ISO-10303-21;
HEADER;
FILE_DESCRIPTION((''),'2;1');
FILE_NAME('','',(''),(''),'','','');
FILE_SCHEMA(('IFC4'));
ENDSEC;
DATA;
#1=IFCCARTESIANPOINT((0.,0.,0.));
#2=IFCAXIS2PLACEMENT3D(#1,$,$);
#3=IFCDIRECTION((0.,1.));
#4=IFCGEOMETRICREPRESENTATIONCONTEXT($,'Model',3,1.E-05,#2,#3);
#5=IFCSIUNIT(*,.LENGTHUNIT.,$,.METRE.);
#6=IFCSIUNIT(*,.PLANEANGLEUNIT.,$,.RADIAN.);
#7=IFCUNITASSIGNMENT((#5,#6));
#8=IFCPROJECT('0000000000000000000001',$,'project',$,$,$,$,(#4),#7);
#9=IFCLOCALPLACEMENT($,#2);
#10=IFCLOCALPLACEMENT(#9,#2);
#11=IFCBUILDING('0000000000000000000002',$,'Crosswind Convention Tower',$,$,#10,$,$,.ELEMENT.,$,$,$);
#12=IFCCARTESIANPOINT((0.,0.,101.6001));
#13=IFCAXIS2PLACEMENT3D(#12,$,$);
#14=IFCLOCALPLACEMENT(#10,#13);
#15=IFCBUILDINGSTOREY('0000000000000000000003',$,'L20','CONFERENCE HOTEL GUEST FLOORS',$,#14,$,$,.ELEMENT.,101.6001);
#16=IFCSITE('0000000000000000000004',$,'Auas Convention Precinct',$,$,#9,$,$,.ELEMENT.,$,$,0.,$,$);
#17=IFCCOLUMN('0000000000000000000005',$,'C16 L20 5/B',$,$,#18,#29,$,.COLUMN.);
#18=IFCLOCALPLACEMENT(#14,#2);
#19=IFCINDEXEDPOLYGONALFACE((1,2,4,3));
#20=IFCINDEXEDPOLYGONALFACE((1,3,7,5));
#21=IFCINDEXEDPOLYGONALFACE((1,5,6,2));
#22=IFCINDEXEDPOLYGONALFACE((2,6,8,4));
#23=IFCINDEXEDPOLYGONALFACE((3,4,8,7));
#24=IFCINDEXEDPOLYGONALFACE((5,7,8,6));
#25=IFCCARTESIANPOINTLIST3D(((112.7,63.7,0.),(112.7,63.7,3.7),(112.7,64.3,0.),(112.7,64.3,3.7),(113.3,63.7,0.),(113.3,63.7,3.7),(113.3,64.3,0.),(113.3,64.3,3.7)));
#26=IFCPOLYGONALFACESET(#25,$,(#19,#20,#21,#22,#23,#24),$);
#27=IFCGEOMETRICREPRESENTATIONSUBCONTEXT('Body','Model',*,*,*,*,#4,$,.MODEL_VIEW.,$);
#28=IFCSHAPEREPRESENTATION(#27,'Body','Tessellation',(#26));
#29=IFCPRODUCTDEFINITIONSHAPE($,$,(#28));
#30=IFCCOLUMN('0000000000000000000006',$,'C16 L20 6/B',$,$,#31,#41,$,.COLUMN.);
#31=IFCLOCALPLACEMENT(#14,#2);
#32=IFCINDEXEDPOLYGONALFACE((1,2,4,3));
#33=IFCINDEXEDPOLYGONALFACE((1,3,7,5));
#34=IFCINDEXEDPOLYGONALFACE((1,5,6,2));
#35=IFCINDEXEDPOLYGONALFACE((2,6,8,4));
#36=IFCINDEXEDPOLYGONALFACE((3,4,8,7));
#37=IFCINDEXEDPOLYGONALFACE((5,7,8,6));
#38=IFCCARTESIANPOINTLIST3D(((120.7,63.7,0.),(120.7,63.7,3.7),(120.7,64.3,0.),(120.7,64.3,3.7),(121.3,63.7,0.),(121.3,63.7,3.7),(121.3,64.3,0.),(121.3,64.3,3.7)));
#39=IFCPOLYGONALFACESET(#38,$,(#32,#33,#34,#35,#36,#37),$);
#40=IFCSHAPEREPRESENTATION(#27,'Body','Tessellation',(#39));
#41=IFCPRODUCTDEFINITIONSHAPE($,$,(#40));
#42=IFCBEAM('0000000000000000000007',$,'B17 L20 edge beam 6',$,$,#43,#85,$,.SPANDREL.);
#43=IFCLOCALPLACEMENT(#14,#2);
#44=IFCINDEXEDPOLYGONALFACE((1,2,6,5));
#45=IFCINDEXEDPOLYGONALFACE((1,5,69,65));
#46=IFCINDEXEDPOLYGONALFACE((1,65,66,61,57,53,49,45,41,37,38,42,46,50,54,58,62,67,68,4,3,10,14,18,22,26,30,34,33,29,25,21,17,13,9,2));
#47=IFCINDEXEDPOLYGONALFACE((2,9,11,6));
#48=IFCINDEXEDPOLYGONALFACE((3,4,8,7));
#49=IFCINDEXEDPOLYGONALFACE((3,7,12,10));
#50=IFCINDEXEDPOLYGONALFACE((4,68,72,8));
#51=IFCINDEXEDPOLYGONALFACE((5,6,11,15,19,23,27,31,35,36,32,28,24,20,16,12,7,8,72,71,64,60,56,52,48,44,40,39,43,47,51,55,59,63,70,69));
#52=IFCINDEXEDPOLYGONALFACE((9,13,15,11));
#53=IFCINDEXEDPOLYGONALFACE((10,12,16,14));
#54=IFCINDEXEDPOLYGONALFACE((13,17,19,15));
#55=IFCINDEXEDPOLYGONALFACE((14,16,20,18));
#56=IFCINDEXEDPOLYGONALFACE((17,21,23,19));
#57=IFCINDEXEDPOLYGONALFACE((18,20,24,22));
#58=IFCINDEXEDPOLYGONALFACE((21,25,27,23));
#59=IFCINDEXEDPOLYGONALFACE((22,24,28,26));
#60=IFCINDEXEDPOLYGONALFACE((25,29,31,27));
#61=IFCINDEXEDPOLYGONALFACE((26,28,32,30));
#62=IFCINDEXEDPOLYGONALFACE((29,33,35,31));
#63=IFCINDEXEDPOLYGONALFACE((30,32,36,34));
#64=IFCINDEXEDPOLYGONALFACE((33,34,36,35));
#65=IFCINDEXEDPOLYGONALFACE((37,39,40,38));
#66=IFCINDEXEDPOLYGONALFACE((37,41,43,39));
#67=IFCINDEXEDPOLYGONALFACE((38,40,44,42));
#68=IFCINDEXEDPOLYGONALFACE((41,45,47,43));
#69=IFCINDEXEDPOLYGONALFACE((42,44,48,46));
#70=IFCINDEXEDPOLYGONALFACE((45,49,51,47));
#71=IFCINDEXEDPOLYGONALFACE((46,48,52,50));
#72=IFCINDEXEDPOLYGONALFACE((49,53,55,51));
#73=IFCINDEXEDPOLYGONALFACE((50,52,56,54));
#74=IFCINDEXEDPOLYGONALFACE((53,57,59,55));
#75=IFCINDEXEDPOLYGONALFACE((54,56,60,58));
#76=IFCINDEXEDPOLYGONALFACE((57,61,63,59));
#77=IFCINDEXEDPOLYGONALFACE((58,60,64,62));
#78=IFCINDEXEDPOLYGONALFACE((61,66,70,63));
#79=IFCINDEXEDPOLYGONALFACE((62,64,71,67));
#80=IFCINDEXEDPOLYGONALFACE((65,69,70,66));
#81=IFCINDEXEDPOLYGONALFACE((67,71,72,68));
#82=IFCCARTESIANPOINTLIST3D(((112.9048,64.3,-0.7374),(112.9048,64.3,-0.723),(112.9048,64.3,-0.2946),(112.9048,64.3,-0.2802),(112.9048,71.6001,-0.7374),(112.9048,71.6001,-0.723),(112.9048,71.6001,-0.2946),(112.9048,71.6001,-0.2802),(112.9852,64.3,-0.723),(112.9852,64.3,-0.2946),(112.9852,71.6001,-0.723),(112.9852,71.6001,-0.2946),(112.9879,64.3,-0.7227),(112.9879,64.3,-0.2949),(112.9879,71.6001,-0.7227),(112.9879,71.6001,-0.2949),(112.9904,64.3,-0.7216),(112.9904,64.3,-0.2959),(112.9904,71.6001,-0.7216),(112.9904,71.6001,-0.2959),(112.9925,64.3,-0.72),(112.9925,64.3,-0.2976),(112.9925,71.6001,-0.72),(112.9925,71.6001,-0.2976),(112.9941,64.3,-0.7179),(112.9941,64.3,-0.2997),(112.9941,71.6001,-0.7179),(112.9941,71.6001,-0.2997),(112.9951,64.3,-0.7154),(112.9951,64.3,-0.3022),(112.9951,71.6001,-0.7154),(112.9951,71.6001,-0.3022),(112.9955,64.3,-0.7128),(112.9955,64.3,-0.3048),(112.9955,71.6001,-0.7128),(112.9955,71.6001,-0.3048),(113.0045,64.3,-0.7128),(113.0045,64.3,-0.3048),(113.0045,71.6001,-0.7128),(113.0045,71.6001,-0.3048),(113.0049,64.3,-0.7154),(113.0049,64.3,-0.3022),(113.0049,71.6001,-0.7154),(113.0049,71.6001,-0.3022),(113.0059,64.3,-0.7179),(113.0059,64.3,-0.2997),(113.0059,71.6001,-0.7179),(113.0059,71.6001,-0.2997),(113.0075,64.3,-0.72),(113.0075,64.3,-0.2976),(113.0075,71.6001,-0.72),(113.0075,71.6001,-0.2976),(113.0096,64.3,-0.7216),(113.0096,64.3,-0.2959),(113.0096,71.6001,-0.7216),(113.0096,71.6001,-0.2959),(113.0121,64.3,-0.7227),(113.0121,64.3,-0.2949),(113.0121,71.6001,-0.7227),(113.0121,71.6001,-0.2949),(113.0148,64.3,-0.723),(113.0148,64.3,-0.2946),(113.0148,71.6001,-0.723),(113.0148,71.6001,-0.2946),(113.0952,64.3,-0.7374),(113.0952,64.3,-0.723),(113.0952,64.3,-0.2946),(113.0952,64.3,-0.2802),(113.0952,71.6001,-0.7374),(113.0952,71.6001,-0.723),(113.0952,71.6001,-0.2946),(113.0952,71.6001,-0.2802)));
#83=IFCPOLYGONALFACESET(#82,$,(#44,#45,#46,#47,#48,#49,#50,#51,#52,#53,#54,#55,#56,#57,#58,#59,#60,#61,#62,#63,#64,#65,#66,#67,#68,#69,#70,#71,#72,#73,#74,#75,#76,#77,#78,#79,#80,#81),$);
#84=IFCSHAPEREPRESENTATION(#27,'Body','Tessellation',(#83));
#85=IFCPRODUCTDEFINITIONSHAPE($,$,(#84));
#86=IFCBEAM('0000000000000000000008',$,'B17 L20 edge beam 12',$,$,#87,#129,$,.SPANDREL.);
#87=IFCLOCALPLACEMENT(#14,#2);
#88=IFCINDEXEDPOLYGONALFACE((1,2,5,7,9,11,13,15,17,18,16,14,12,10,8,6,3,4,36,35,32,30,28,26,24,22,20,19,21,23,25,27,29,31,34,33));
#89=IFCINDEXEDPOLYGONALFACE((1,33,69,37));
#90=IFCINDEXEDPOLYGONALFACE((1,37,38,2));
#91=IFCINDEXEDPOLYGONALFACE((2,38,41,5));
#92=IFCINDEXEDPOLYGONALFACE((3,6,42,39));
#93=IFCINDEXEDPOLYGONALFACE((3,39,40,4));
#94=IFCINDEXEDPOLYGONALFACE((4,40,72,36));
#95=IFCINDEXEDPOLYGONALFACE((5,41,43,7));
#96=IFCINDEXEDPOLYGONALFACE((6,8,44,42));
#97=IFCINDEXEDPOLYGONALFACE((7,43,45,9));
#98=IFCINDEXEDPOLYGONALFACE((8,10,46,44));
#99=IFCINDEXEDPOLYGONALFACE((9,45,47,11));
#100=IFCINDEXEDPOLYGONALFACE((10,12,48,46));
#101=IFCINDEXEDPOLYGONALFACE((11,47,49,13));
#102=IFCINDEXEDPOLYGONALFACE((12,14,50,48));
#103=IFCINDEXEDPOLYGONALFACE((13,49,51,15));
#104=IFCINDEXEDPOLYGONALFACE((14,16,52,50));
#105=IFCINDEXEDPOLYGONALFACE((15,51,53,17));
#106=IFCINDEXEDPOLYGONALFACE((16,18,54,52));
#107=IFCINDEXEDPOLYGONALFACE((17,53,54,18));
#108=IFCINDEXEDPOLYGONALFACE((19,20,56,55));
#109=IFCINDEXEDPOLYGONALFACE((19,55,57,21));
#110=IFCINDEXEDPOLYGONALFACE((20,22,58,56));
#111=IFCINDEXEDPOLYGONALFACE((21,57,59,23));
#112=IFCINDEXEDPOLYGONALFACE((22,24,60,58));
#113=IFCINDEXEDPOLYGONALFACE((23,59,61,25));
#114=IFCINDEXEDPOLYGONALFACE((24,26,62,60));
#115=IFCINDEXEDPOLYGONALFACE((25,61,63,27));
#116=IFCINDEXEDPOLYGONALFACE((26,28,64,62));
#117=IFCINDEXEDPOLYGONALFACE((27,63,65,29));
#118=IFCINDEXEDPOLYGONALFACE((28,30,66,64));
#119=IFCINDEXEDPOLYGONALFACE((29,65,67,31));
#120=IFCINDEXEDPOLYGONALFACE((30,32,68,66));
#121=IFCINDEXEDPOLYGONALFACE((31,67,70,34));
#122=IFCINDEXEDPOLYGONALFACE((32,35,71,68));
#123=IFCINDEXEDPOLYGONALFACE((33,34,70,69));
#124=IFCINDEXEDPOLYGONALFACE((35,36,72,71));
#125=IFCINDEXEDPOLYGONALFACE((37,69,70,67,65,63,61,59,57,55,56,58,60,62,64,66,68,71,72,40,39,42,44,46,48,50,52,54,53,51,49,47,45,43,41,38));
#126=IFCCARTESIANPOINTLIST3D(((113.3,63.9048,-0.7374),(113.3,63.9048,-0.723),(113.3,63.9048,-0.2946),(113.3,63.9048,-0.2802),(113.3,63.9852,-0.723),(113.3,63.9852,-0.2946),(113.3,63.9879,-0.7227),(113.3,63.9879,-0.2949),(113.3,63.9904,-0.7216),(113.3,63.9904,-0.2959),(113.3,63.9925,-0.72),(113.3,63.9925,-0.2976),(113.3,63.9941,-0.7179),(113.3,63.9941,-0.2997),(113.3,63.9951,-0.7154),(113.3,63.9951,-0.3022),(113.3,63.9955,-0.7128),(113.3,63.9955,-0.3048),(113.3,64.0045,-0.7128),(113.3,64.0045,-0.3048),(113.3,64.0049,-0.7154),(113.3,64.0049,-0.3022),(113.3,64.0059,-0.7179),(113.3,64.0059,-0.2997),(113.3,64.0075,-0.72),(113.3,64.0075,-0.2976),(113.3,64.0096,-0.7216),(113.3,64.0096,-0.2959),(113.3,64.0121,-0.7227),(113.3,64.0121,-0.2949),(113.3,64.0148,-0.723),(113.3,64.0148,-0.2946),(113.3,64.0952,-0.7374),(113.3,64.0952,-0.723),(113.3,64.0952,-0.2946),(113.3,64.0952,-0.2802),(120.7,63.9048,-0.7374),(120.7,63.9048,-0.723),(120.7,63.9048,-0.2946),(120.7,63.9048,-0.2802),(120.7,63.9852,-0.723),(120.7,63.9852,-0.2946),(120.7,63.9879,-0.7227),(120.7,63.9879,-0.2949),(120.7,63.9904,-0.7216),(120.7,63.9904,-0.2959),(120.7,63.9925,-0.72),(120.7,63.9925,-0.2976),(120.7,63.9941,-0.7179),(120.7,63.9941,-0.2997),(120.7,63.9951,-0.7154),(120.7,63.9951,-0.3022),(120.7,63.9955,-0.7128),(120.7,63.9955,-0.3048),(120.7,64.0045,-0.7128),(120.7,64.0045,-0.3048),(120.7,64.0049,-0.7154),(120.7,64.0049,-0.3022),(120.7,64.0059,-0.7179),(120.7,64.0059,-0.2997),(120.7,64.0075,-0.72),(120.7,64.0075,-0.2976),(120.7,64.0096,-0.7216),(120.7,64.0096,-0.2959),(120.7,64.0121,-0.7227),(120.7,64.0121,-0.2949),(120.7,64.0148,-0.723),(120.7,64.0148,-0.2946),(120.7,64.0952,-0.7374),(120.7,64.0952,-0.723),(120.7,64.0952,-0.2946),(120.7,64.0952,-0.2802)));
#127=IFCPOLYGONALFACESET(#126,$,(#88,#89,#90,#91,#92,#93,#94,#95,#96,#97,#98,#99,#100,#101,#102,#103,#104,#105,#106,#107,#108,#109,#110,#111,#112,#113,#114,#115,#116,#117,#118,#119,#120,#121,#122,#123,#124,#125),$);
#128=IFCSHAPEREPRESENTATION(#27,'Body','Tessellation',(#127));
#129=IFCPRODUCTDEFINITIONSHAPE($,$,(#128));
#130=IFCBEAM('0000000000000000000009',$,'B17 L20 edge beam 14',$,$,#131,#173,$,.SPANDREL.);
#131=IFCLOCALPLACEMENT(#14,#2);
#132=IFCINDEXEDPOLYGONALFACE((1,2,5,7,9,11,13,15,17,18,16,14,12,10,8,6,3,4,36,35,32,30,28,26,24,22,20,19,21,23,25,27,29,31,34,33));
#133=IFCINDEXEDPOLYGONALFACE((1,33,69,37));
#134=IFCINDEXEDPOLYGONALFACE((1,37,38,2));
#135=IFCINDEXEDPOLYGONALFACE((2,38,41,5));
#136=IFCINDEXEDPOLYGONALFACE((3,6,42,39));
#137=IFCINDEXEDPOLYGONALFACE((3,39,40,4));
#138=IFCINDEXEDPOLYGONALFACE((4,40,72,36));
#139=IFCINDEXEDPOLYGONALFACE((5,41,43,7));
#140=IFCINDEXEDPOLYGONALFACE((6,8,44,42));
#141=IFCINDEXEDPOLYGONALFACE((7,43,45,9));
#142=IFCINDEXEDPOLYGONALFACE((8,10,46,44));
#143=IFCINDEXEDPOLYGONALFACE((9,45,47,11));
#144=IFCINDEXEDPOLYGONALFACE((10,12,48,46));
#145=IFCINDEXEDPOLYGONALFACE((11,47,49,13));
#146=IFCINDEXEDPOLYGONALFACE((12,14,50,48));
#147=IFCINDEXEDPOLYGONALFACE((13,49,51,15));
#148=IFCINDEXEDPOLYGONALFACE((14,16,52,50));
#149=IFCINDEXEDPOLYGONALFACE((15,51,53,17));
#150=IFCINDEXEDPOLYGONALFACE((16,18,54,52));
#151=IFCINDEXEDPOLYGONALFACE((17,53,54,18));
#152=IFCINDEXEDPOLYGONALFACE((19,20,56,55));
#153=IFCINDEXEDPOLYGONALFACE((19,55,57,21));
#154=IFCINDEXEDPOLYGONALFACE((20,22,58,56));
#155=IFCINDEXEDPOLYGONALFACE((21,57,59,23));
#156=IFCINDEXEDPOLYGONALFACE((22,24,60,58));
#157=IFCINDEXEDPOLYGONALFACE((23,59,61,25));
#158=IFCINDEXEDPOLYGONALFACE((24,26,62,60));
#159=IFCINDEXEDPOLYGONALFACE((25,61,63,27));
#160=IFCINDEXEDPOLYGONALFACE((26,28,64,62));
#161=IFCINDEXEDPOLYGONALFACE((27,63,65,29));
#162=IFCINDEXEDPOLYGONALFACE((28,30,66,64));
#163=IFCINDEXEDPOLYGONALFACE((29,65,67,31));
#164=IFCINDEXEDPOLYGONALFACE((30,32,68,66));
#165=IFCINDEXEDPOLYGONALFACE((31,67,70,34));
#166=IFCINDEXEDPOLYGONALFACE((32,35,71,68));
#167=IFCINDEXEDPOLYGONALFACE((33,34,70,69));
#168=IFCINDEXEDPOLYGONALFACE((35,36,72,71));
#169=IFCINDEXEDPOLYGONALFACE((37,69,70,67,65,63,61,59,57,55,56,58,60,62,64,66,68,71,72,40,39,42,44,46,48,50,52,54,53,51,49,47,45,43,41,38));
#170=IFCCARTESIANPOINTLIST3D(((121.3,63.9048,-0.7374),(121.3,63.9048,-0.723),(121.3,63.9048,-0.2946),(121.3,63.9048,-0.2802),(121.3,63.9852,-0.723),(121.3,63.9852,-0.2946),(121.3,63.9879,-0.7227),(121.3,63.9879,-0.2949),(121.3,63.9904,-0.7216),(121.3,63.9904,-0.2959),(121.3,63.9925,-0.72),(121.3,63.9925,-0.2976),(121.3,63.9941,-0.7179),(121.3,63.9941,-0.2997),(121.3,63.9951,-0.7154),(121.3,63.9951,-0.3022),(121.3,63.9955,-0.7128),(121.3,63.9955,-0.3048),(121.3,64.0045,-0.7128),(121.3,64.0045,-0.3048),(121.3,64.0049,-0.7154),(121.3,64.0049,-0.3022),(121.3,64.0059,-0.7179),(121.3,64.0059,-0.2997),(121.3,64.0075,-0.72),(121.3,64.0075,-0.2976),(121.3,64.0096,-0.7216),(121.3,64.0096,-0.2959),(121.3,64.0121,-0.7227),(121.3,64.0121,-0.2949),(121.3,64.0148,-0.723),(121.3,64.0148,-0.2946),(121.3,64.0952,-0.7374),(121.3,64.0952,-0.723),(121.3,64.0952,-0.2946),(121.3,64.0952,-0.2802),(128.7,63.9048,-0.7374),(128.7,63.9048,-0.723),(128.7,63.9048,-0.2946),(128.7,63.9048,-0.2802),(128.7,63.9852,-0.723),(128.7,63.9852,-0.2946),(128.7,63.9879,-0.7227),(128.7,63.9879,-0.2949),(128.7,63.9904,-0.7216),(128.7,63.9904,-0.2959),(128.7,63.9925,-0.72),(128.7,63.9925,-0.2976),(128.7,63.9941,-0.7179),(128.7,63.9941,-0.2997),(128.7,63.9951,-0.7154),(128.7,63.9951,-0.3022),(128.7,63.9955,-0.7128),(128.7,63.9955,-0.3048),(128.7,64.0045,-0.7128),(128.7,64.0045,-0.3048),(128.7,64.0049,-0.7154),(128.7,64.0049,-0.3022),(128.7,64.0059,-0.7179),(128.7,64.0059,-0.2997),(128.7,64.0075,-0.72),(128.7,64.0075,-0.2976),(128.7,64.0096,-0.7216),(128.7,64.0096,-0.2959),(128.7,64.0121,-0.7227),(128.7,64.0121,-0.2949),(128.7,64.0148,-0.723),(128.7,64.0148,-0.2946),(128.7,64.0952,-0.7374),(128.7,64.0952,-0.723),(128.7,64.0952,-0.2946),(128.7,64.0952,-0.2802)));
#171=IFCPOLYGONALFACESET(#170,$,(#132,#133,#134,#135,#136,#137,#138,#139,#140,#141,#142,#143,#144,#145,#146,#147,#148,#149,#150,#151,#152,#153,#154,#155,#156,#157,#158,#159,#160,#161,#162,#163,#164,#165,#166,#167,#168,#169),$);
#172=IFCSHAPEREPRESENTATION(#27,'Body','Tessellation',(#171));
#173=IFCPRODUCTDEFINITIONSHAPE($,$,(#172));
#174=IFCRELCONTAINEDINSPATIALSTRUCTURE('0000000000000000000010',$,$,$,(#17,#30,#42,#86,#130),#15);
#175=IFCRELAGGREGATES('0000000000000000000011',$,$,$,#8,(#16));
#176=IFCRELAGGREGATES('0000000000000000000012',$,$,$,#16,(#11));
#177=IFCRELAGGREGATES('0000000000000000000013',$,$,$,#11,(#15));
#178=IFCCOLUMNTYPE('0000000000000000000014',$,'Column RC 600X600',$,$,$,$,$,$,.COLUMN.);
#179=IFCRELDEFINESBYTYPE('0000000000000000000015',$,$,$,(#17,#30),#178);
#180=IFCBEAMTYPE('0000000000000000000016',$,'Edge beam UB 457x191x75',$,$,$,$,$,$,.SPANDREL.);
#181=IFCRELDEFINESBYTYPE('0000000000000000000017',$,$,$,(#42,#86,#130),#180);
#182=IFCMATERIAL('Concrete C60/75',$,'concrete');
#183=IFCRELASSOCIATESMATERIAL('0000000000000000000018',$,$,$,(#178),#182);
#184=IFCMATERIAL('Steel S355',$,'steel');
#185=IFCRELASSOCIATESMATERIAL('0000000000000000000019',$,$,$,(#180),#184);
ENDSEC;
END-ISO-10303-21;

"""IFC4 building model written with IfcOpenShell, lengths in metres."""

from ifc_helpers import new_model, si_unit, direction, frame, origin, origin_2d, place, context, subcontext, project, spatial, rectangle, i_section, extrude, material, material_profile, profile_set, type_object, element, save


model = new_model("IFC4")

# Units and contexts
model_context = context("Model", 3, precision=1e-05, world=origin(), true_north=direction((0.0, 1.0)))
body_context = subcontext(model_context, "Body", "Model", "MODEL_VIEW")
ifc_project = project(units=[si_unit("LENGTHUNIT", "METRE"), si_unit("PLANEANGLEUNIT", "RADIAN")], contexts=[model_context])

# Site, building, storey
site_placement = place(None, origin())
site = spatial("IfcSite", under=ifc_project, at=site_placement, Name="Auas Convention Precinct", CompositionType="ELEMENT", RefElevation=0.0)
building_placement = place(site_placement, origin())
building = spatial("IfcBuilding", under=site, at=building_placement, Name="Crosswind Convention Tower", CompositionType="ELEMENT")
storey_placement = place(building_placement, frame((0.0, 0.0, 101.6001)))
storey = spatial("IfcBuildingStorey", under=building, at=storey_placement, Name="L20", Description="CONFERENCE HOTEL GUEST FLOORS", CompositionType="ELEMENT", Elevation=101.6001)

# Columns
ifc_material_1 = material(Name="Concrete C60/75", Category="concrete")
ifc_material_profile_1 = material_profile(ifc_material_1, rectangle(XDim=0.6001, YDim=0.6001, at=origin_2d()), Name="RC 600X600")
ifc_profile_set_1 = profile_set([ifc_material_profile_1], Name="Concrete C60/75")
column_type = type_object("IfcColumnType", Name="Column RC 600X600", PredefinedType="COLUMN", material=ifc_profile_set_1)
for number, where, z_axis, x_axis, name in (
    (1, (113.0, 64.0, 0.0), (0.0, 0.0, 1.0), (1.0, 0.0, 0.0), "C16 L20 5/B"),
    (2, (121.0, 64.0, 0.0), (0.0, 0.0, 1.0), (1.0, 0.0, 0.0), "C16 L20 6/B"),
):
    element("IfcColumn", number, at=place(storey_placement, frame(where, z_axis=z_axis, x_axis=x_axis)), inside=storey, type_object=column_type, Name=name, PredefinedType="COLUMN", context=body_context, shape_type="SweptSolid", body=[
        extrude(rectangle(XDim=0.6001, YDim=0.6001, at=origin_2d()), origin(), (0.0, 0.0, 1.0), 3.7),
    ])

# Beams
ifc_material_2 = material(Name="Steel S355", Category="steel")
ifc_material_profile_2 = material_profile(ifc_material_2, i_section(OverallWidth=0.1904, OverallDepth=0.4573, WebThickness=0.009, FlangeThickness=0.0144, FilletRadius=0.0103, at=origin_2d()), Name="UB 457x191x75")
ifc_profile_set_2 = profile_set([ifc_material_profile_2], Name="Steel S355")
beam_type_1 = type_object("IfcBeamType", Name="Edge beam UB 457x191x75", PredefinedType="SPANDREL", material=ifc_profile_set_2)
beam_1_placement = place(storey_placement, frame((113.0, 64.3, -0.5088), z_axis=(0.0, 1.0, 0.0), x_axis=(-1.0, 0.0, 0.0)))
element("IfcBeam", 3, at=beam_1_placement, inside=storey, type_object=beam_type_1, Name="B17 L20 edge beam 6", PredefinedType="SPANDREL", context=body_context, shape_type="SweptSolid", body=[
    extrude(i_section(OverallWidth=0.1904, OverallDepth=0.4573, WebThickness=0.009, FlangeThickness=0.0144, FilletRadius=0.0103, at=origin_2d()), origin(), (0.0, 0.0, 1.0), 7.3),
])
for number, where, z_axis, x_axis, name in (
    (4, (113.3, 64.0, -0.5088), (1.0, 0.0, 0.0), (0.0, 1.0, 0.0), "B17 L20 edge beam 12"),
    (5, (121.3, 64.0, -0.5088), (1.0, 0.0, 0.0), (0.0, 1.0, 0.0), "B17 L20 edge beam 14"),
):
    element("IfcBeam", number, at=place(storey_placement, frame(where, z_axis=z_axis, x_axis=x_axis)), inside=storey, type_object=beam_type_1, Name=name, PredefinedType="SPANDREL", context=body_context, shape_type="SweptSolid", body=[
        extrude(i_section(OverallWidth=0.1904, OverallDepth=0.4573, WebThickness=0.009, FlangeThickness=0.0144, FilletRadius=0.0103, at=origin_2d()), origin(), (0.0, 0.0, 1.0), 7.3999),
    ])

save(model, "model.ifc")
